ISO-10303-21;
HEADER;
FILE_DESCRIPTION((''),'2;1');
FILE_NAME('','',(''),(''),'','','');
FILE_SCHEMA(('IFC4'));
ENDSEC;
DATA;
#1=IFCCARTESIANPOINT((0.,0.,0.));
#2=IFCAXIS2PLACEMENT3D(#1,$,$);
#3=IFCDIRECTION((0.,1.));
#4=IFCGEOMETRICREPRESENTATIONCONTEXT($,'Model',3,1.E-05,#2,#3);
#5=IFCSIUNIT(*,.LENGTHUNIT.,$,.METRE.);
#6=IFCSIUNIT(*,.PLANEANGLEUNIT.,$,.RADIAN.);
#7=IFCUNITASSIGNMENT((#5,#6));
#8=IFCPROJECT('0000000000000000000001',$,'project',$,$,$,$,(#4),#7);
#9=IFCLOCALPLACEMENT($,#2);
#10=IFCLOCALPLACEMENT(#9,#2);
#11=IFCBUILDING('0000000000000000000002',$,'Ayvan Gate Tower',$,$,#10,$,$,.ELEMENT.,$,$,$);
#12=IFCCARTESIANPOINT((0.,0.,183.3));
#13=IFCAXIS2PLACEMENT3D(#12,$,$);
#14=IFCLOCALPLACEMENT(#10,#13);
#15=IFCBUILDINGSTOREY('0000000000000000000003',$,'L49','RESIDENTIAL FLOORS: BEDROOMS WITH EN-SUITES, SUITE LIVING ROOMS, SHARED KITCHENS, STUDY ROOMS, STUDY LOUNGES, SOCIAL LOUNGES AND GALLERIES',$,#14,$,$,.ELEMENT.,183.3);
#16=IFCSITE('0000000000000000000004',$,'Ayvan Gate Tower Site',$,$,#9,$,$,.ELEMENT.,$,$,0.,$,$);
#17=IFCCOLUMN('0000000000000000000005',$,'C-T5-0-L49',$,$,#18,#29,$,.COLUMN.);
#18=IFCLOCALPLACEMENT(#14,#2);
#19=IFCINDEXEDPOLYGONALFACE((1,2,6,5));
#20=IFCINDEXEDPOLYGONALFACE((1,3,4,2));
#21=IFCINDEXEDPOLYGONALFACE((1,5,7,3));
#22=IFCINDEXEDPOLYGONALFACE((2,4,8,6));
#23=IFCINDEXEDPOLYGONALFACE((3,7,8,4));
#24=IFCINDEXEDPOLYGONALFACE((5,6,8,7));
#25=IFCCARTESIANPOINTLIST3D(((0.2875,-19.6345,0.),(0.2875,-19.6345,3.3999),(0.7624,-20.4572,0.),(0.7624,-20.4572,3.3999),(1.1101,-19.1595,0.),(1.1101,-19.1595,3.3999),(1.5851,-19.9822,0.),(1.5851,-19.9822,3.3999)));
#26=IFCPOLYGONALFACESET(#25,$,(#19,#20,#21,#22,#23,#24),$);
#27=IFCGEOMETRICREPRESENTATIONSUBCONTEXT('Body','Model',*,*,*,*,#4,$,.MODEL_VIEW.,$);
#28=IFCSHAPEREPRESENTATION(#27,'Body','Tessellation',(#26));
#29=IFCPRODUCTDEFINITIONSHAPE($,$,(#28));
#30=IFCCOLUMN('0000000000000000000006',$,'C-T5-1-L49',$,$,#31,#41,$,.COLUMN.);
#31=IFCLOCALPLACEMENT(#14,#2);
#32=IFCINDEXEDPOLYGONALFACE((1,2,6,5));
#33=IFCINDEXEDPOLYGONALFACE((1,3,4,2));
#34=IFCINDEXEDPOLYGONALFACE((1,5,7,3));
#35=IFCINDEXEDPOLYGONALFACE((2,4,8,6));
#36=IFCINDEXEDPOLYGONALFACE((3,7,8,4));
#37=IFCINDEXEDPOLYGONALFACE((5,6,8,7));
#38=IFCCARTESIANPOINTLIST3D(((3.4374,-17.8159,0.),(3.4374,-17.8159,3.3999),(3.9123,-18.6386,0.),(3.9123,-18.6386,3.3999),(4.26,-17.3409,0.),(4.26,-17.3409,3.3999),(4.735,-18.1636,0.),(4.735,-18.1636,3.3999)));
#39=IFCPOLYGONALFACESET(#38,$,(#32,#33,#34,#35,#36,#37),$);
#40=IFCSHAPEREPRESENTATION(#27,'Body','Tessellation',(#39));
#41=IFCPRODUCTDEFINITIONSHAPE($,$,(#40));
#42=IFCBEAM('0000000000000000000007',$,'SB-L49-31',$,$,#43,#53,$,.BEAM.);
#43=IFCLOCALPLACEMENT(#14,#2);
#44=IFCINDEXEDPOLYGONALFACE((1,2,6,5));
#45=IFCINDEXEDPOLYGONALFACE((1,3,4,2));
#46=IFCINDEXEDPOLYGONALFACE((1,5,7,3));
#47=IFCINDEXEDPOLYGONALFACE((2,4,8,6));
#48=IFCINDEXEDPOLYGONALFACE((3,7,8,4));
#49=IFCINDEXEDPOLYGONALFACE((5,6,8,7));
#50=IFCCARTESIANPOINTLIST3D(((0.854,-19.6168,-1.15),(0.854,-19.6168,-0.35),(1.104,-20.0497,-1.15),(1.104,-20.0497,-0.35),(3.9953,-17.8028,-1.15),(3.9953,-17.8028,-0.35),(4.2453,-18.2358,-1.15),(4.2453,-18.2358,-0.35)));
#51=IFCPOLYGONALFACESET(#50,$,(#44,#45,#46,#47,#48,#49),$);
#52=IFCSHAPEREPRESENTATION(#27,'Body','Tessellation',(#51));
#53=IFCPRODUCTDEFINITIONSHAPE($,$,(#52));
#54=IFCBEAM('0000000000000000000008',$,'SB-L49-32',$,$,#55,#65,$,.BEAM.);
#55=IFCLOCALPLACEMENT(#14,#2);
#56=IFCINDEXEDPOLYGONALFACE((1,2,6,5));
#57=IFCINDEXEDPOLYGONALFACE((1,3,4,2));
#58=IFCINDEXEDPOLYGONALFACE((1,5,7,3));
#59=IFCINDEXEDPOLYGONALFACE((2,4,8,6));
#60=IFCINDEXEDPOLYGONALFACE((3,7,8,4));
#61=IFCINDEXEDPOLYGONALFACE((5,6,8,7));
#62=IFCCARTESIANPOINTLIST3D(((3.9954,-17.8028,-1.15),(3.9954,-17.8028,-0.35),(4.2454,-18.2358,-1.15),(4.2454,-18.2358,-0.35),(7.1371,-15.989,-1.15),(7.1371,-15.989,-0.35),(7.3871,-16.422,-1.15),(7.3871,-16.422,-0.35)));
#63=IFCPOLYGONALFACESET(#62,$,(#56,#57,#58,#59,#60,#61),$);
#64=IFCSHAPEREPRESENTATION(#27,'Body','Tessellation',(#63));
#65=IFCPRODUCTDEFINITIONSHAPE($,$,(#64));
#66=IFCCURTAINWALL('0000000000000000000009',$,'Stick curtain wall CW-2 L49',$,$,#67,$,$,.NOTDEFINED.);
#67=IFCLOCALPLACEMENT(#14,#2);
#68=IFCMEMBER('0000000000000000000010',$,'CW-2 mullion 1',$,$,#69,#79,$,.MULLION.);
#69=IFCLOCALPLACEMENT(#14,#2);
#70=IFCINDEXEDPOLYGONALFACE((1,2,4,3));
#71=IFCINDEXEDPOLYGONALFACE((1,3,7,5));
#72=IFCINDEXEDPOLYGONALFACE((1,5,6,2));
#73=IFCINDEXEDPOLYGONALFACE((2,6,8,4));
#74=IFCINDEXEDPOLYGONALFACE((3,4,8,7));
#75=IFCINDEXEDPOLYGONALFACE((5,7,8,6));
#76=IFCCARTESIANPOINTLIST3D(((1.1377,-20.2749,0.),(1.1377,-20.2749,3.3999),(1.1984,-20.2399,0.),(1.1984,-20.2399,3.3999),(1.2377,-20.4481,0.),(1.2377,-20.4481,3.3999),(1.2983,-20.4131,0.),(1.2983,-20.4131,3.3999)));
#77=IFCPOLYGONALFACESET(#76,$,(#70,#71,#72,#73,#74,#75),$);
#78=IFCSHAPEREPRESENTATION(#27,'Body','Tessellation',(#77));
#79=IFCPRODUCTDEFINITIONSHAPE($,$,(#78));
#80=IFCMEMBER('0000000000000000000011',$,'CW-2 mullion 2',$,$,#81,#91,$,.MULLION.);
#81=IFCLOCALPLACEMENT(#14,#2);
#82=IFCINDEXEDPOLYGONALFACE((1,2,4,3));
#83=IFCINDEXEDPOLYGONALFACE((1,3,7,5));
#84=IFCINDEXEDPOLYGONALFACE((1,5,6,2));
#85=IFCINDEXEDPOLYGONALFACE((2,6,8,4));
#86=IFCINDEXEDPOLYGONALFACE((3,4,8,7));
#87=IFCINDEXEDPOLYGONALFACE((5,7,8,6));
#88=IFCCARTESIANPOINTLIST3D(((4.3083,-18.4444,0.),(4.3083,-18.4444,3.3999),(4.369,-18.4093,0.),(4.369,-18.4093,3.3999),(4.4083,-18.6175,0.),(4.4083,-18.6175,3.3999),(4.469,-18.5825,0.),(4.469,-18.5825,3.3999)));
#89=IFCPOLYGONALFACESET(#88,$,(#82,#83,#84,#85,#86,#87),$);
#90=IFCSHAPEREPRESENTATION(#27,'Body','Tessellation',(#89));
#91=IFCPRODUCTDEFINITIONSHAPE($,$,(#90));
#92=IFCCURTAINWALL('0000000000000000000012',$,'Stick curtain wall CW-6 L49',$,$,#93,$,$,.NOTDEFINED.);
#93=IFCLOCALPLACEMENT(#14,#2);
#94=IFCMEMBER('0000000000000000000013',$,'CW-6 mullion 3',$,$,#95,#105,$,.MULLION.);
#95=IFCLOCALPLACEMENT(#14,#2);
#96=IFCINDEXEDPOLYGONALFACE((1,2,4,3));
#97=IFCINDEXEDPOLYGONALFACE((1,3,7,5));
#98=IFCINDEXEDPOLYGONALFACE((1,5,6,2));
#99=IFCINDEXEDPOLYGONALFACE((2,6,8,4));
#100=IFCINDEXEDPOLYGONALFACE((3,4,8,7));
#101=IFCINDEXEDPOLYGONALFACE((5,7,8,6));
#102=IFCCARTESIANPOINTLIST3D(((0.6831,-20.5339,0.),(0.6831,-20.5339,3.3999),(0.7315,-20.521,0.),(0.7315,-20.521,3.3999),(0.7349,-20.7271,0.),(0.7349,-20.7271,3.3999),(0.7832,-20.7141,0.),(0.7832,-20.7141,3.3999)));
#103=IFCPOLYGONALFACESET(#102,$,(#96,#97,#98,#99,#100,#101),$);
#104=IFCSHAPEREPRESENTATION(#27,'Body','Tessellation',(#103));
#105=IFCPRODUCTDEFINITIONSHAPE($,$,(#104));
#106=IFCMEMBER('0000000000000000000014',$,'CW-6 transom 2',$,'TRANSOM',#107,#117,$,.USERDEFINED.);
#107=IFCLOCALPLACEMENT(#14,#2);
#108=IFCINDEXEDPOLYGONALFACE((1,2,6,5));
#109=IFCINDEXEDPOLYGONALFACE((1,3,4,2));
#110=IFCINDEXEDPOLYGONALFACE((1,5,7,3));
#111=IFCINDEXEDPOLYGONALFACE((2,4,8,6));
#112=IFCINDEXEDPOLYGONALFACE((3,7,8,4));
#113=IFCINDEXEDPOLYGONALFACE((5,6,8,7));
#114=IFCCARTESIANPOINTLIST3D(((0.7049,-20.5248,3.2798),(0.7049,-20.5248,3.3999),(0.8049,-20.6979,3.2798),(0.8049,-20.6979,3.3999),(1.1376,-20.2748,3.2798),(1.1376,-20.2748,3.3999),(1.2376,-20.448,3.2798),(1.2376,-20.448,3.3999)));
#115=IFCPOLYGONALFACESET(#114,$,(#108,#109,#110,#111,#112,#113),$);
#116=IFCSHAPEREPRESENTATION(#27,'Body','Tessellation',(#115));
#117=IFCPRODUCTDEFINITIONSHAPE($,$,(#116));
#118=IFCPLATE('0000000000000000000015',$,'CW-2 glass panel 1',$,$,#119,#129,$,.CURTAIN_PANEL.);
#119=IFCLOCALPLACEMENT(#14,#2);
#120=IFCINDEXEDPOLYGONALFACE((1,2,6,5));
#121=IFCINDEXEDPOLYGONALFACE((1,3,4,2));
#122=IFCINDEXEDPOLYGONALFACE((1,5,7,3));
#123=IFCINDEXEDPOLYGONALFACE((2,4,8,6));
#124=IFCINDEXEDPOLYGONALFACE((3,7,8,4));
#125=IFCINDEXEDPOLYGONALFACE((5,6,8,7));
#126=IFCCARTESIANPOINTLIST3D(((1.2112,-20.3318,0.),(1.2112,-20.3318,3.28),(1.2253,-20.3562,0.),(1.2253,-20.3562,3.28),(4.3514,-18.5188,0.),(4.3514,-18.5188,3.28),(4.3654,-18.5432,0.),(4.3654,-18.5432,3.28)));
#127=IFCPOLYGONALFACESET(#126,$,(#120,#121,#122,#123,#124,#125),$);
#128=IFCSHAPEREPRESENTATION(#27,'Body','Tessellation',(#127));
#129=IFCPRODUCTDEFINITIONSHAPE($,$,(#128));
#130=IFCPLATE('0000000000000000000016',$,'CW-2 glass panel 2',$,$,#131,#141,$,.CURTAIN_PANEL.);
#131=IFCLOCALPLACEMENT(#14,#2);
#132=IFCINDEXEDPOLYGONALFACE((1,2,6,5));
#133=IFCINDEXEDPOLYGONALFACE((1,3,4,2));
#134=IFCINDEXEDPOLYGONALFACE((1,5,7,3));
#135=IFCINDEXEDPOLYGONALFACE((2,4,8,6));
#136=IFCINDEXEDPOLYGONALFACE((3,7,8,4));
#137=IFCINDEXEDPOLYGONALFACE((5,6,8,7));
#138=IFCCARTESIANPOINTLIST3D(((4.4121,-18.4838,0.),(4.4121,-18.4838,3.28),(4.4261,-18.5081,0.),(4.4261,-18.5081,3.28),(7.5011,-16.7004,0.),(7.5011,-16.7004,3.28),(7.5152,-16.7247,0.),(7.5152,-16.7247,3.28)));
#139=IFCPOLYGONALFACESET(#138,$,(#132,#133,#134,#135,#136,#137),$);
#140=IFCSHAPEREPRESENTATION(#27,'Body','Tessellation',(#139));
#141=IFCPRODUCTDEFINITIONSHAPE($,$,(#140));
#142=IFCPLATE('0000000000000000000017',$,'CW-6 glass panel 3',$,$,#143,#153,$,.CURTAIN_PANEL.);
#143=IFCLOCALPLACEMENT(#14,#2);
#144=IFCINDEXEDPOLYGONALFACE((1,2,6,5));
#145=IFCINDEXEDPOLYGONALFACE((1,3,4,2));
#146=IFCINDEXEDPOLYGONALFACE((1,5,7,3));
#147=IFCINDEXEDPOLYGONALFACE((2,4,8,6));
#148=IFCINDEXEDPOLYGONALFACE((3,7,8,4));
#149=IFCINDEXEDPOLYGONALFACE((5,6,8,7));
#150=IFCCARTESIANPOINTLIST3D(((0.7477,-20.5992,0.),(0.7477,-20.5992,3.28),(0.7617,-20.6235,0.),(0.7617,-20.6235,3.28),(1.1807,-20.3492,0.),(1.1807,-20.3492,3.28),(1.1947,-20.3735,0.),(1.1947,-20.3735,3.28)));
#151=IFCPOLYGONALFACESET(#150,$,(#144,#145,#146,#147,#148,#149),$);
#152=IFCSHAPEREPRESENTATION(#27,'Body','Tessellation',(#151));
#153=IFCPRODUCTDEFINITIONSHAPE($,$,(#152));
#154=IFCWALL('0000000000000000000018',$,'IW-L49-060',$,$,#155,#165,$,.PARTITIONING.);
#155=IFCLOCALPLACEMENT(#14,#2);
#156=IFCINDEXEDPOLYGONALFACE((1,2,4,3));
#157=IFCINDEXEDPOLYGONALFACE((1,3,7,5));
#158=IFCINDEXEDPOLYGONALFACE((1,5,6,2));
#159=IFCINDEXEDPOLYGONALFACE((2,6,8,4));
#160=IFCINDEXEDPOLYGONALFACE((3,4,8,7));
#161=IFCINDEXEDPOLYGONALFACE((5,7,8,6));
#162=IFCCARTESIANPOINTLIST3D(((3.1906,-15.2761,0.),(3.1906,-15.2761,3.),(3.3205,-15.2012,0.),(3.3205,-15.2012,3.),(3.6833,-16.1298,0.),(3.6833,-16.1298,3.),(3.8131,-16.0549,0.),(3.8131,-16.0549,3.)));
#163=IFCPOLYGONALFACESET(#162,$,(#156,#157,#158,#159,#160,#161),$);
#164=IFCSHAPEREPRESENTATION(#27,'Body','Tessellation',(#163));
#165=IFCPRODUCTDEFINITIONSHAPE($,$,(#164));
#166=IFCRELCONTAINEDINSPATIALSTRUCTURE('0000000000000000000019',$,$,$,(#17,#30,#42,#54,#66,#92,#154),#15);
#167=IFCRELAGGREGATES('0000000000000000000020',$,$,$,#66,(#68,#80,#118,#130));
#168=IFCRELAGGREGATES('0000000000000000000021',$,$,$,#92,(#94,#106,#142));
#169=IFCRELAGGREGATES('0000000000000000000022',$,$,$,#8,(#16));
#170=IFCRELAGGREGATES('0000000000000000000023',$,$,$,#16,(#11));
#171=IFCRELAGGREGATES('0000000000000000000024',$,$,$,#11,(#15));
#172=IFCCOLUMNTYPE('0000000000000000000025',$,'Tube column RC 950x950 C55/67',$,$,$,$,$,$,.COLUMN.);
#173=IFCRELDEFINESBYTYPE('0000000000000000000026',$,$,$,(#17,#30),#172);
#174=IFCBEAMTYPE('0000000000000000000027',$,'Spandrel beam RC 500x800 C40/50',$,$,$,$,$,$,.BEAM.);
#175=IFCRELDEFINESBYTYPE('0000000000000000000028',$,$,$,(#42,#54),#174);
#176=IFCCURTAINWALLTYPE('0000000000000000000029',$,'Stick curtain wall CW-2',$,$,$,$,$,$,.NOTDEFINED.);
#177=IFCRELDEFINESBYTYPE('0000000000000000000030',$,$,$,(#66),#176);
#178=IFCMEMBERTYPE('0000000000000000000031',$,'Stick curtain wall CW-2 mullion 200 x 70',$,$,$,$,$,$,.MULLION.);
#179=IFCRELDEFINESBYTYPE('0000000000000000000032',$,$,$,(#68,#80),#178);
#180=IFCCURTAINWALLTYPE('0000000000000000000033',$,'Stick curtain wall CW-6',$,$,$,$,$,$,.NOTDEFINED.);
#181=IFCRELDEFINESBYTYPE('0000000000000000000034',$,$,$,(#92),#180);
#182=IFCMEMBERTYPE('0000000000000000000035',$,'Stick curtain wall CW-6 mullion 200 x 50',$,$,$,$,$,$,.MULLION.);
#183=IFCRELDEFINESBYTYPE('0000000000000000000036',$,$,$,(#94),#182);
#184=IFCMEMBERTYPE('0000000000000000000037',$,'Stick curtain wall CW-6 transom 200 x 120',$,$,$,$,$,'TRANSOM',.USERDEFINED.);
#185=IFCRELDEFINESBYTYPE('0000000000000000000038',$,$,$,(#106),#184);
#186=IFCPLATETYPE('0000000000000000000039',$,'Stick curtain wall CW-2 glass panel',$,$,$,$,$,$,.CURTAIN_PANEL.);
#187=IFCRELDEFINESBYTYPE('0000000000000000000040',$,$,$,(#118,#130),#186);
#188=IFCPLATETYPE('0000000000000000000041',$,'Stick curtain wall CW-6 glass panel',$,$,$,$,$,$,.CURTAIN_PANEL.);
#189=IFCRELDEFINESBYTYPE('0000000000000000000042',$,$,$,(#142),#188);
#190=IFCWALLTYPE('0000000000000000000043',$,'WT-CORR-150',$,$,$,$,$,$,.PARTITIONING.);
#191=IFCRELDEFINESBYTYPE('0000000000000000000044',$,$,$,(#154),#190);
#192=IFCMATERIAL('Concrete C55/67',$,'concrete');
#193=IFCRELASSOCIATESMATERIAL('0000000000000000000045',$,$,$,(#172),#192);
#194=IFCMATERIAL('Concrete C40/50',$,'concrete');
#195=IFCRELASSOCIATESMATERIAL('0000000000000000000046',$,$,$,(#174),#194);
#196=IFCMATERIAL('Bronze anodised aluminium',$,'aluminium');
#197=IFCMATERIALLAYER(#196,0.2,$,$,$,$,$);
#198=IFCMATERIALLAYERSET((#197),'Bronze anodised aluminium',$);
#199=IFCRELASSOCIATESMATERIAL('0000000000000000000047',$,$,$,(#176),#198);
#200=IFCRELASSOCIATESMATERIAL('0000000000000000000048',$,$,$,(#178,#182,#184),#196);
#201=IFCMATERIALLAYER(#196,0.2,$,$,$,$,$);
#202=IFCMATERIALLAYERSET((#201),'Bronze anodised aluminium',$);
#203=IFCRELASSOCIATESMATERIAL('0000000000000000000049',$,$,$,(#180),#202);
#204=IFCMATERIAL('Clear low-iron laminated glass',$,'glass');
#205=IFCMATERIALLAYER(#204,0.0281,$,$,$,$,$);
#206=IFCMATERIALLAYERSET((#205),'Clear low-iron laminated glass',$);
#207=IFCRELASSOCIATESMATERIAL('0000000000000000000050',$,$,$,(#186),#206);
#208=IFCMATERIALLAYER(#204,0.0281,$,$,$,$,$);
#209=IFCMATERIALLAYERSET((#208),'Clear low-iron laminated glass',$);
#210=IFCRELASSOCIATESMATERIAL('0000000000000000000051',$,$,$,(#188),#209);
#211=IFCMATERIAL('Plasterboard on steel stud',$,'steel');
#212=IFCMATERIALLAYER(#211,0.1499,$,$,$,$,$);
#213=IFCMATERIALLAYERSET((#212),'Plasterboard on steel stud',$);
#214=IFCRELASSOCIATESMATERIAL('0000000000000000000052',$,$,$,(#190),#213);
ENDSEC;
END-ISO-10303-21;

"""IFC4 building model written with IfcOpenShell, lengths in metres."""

from ifc_helpers import new_model, si_unit, direction, frame, frame_2d, origin, origin_2d, place, context, subcontext, project, spatial, rectangle, extrude, material, layer, layer_set, material_profile, profile_set, type_object, element, aggregate, save


model = new_model("IFC4")

# Units and contexts
model_context = context("Model", 3, precision=1e-05, world=origin(), true_north=direction((0.0, 1.0)))
body_context = subcontext(model_context, "Body", "Model", "MODEL_VIEW")
ifc_project = project(units=[si_unit("LENGTHUNIT", "METRE"), si_unit("PLANEANGLEUNIT", "RADIAN")], contexts=[model_context])

# Site, building, storey
site_placement = place(None, origin())
site = spatial("IfcSite", under=ifc_project, at=site_placement, Name="Ayvan Gate Tower Site", CompositionType="ELEMENT", RefElevation=0.0)
building_placement = place(site_placement, origin())
building = spatial("IfcBuilding", under=site, at=building_placement, Name="Ayvan Gate Tower", CompositionType="ELEMENT")
storey_placement = place(building_placement, frame((0.0, 0.0, 183.3)))
storey = spatial("IfcBuildingStorey", under=building, at=storey_placement, Name="L49", Description="RESIDENTIAL FLOORS: BEDROOMS WITH EN-SUITES, SUITE LIVING ROOMS, SHARED KITCHENS, STUDY ROOMS, STUDY LOUNGES, SOCIAL LOUNGES AND GALLERIES", CompositionType="ELEMENT", Elevation=183.3)

# Columns
ifc_material_1 = material(Name="Concrete C55/67", Category="concrete")
ifc_material_profile_1 = material_profile(ifc_material_1, rectangle(XDim=0.95, YDim=0.95, at=origin_2d()), Name="RC 950x950")
ifc_profile_set_1 = profile_set([ifc_material_profile_1], Name="Concrete C55/67")
column_type = type_object("IfcColumnType", Name="Tube column RC 950x950 C55/67", PredefinedType="COLUMN", material=ifc_profile_set_1)
for number, where, z_axis, x_axis, name in (
    (1, (0.9363, -19.8083, 0.0), (0.0, 0.0, 1.0), (0.5, -0.866025, 0.0), "C-T5-0-L49"),
    (2, (4.0862, -17.9897, 0.0), (0.0, 0.0, 1.0), (0.5, -0.866025, 0.0), "C-T5-1-L49"),
):
    element("IfcColumn", number, at=place(storey_placement, frame(where, z_axis=z_axis, x_axis=x_axis)), inside=storey, type_object=column_type, Name=name, PredefinedType="COLUMN", context=body_context, shape_type="SweptSolid", body=[
        extrude(rectangle(XDim=0.95, YDim=0.95, at=origin_2d()), origin(), (0.0, 0.0, 1.0), 3.3999),
    ])

# Beams
ifc_material_2 = material(Name="Concrete C40/50", Category="concrete")
ifc_material_profile_2 = material_profile(ifc_material_2, rectangle(XDim=0.5, YDim=0.8, at=origin_2d()), Name="RC 500x800")
ifc_profile_set_2 = profile_set([ifc_material_profile_2], Name="Concrete C40/50")
beam_type = type_object("IfcBeamType", Name="Spandrel beam RC 500x800 C40/50", PredefinedType="BEAM", material=ifc_profile_set_2)
beam_1_placement = place(storey_placement, frame((0.979, -19.8333, -0.75), z_axis=(0.865989, 0.500062, 0.0), x_axis=(-0.500062, 0.865989, 0.0)))
element("IfcBeam", 3, at=beam_1_placement, inside=storey, type_object=beam_type, Name="SB-L49-31", PredefinedType="BEAM", context=body_context, shape_type="SweptSolid", body=[
    extrude(rectangle(XDim=0.5, YDim=0.8, at=origin_2d()), origin(), (0.0, 0.0, 1.0), 3.6274),
])
beam_2_placement = place(storey_placement, frame((4.1204, -18.0193, -0.75), z_axis=(0.866035, 0.499983, 0.0), x_axis=(-0.499983, 0.866035, 0.0)))
element("IfcBeam", 4, at=beam_2_placement, inside=storey, type_object=beam_type, Name="SB-L49-32", PredefinedType="BEAM", context=body_context, shape_type="SweptSolid", body=[
    extrude(rectangle(XDim=0.5, YDim=0.8, at=origin_2d()), origin(), (0.0, 0.0, 1.0), 3.6277),
])

# Curtain walls, members
ifc_material_3 = material(Name="Bronze anodised aluminium", Category="aluminium")
ifc_layer_1 = layer(ifc_material_3, 0.2)
ifc_layer_set_1 = layer_set([ifc_layer_1], Name="Bronze anodised aluminium")
curtain_wall_type_1 = type_object("IfcCurtainWallType", Name="Stick curtain wall CW-2", PredefinedType="NOTDEFINED", material=ifc_layer_set_1)
curtain_wall_1_placement = place(storey_placement, origin())
curtain_wall_1 = element("IfcCurtainWall", 5, at=curtain_wall_1_placement, inside=storey, type_object=curtain_wall_type_1, Name="Stick curtain wall CW-2 L49", PredefinedType="NOTDEFINED")
ifc_material_profile_3 = material_profile(ifc_material_3, rectangle(XDim=0.2, YDim=0.0701, at=origin_2d()), Name="Stick curtain wall CW-2 mullion 200 x 70")
ifc_profile_set_3 = profile_set([ifc_material_profile_3], Name="Bronze anodised aluminium")
member_type_1 = type_object("IfcMemberType", Name="Stick curtain wall CW-2 mullion 200 x 70", PredefinedType="MULLION", material=ifc_profile_set_3)
member_1_placement = place(storey_placement, frame((1.218, -20.344, 0.0), z_axis=(0.0, 0.0, 1.0), x_axis=(0.5, -0.866025, 0.0)))
member_1 = element("IfcMember", 6, at=member_1_placement, type_object=member_type_1, Name="CW-2 mullion 1", PredefinedType="MULLION", context=body_context, shape_type="SweptSolid", body=[
    extrude(rectangle(XDim=0.2, YDim=0.0701, at=origin_2d()), origin(), (0.0, 0.0, 1.0), 3.3999),
])
member_2_placement = place(storey_placement, frame((4.3887, -18.5134, 0.0), z_axis=(0.0, 0.0, 1.0), x_axis=(0.5, -0.866025, 0.0)))
member_2 = element("IfcMember", 7, at=member_2_placement, type_object=member_type_1, Name="CW-2 mullion 2", PredefinedType="MULLION", context=body_context, shape_type="SweptSolid", body=[
    extrude(rectangle(XDim=0.2, YDim=0.0701, at=origin_2d()), origin(), (0.0, 0.0, 1.0), 3.3999),
])
ifc_layer_2 = layer(ifc_material_3, 0.2)
ifc_layer_set_2 = layer_set([ifc_layer_2], Name="Bronze anodised aluminium")
curtain_wall_type_2 = type_object("IfcCurtainWallType", Name="Stick curtain wall CW-6", PredefinedType="NOTDEFINED", material=ifc_layer_set_2)
curtain_wall_2_placement = place(storey_placement, origin())
curtain_wall_2 = element("IfcCurtainWall", 8, at=curtain_wall_2_placement, inside=storey, type_object=curtain_wall_type_2, Name="Stick curtain wall CW-6 L49", PredefinedType="NOTDEFINED")
ifc_material_profile_4 = material_profile(ifc_material_3, rectangle(XDim=0.2, YDim=0.05, at=origin_2d()), Name="Stick curtain wall CW-6 mullion 200 x 50")
ifc_profile_set_4 = profile_set([ifc_material_profile_4], Name="Bronze anodised aluminium")
member_type_2 = type_object("IfcMemberType", Name="Stick curtain wall CW-6 mullion 200 x 50", PredefinedType="MULLION", material=ifc_profile_set_4)
member_3_placement = place(storey_placement, frame((0.7332, -20.624, 0.0), z_axis=(0.0, 0.0, 1.0), x_axis=(0.258819, -0.965926, 0.0)))
member_3 = element("IfcMember", 9, at=member_3_placement, type_object=member_type_2, Name="CW-6 mullion 3", PredefinedType="MULLION", context=body_context, shape_type="SweptSolid", body=[
    extrude(rectangle(XDim=0.2, YDim=0.05, at=origin_2d()), origin(), (0.0, 0.0, 1.0), 3.3999),
])
ifc_material_profile_5 = material_profile(ifc_material_3, rectangle(XDim=0.2, YDim=0.1201, at=origin_2d()), Name="Stick curtain wall CW-6 transom 200 x 120")
ifc_profile_set_5 = profile_set([ifc_material_profile_5], Name="Bronze anodised aluminium")
member_type_3 = type_object("IfcMemberType", Name="Stick curtain wall CW-6 transom 200 x 120", ElementType="TRANSOM", PredefinedType="USERDEFINED", material=ifc_profile_set_5)
member_4_placement = place(storey_placement, frame((0.7549, -20.6113, 3.3398), z_axis=(0.86595, 0.500131, 0.0), x_axis=(-0.500131, 0.86595, 0.0)))
member_4 = element("IfcMember", 10, at=member_4_placement, type_object=member_type_3, Name="CW-6 transom 2", ObjectType="TRANSOM", PredefinedType="USERDEFINED", context=body_context, shape_type="SweptSolid", body=[
    extrude(rectangle(XDim=0.2, YDim=0.1201, at=origin_2d()), origin(), (0.0, 0.0, 1.0), 0.4998),
])

# Plates
ifc_material_4 = material(Name="Clear low-iron laminated glass", Category="glass")
ifc_layer_3 = layer(ifc_material_4, 0.0281)
ifc_layer_set_3 = layer_set([ifc_layer_3], Name="Clear low-iron laminated glass")
plate_type_1 = type_object("IfcPlateType", Name="Stick curtain wall CW-2 glass panel", PredefinedType="CURTAIN_PANEL", material=ifc_layer_set_3)
plate_1_placement = place(storey_placement, frame((2.7883, -19.4375, 0.0), z_axis=(0.0, 0.0, 1.0), x_axis=(0.866025, 0.5, 0.0)))
plate_1 = element("IfcPlate", 11, at=plate_1_placement, type_object=plate_type_1, Name="CW-2 glass panel 1", PredefinedType="CURTAIN_PANEL", context=body_context, shape_type="SweptSolid", body=[
    extrude(rectangle(XDim=3.626, YDim=0.0281, at=origin_2d()), origin(), (0.0, 0.0, 1.0), 3.28),
])
plate_2_placement = place(storey_placement, frame((5.9636, -17.6042, 0.0), z_axis=(0.0, 0.0, 1.0), x_axis=(0.866025, 0.5, 0.0)))
plate_2 = element("IfcPlate", 12, at=plate_2_placement, type_object=plate_type_1, Name="CW-2 glass panel 2", PredefinedType="CURTAIN_PANEL", context=body_context, shape_type="SweptSolid", body=[
    extrude(rectangle(XDim=3.5669, YDim=0.0281, at=origin_2d()), origin(), (0.0, 0.0, 1.0), 3.28),
])
aggregate(curtain_wall_1, [member_1, member_2, plate_1, plate_2])
ifc_layer_4 = layer(ifc_material_4, 0.0281)
ifc_layer_set_4 = layer_set([ifc_layer_4], Name="Clear low-iron laminated glass")
plate_type_2 = type_object("IfcPlateType", Name="Stick curtain wall CW-6 glass panel", PredefinedType="CURTAIN_PANEL", material=ifc_layer_set_4)
plate_3_placement = place(storey_placement, frame((0.9712, -20.4863, 0.0), z_axis=(0.0, 0.0, 1.0), x_axis=(0.866025, 0.5, 0.0)))
plate_3 = element("IfcPlate", 13, at=plate_3_placement, type_object=plate_type_2, Name="CW-6 glass panel 3", PredefinedType="CURTAIN_PANEL", context=body_context, shape_type="SweptSolid", body=[
    extrude(rectangle(XDim=0.5, YDim=0.0281, at=origin_2d()), origin(), (0.0, 0.0, 1.0), 3.28),
])
aggregate(curtain_wall_2, [member_3, member_4, plate_3])

# Wall
ifc_material_5 = material(Name="Plasterboard on steel stud", Category="steel")
ifc_layer_5 = layer(ifc_material_5, 0.1499)
ifc_layer_set_5 = layer_set([ifc_layer_5], Name="Plasterboard on steel stud")
wall_type_1 = type_object("IfcWallType", Name="WT-CORR-150", PredefinedType="PARTITIONING", material=ifc_layer_set_5)
wall_1_placement = place(storey_placement, frame((3.2556, -15.2388, 0.0), z_axis=(0.0, 0.0, 1.0), x_axis=(0.499815, -0.866132, 0.0)))
element("IfcWall", 14, at=wall_1_placement, inside=storey, type_object=wall_type_1, Name="IW-L49-060", PredefinedType="PARTITIONING", context=body_context, shape_type="SweptSolid", body=[
    extrude(rectangle(XDim=0.9856, YDim=0.1499, at=frame_2d((0.4927, 0.0))), origin(), (0.0, 0.0, 1.0), 3.0),
])

save(model, "model.ifc")
